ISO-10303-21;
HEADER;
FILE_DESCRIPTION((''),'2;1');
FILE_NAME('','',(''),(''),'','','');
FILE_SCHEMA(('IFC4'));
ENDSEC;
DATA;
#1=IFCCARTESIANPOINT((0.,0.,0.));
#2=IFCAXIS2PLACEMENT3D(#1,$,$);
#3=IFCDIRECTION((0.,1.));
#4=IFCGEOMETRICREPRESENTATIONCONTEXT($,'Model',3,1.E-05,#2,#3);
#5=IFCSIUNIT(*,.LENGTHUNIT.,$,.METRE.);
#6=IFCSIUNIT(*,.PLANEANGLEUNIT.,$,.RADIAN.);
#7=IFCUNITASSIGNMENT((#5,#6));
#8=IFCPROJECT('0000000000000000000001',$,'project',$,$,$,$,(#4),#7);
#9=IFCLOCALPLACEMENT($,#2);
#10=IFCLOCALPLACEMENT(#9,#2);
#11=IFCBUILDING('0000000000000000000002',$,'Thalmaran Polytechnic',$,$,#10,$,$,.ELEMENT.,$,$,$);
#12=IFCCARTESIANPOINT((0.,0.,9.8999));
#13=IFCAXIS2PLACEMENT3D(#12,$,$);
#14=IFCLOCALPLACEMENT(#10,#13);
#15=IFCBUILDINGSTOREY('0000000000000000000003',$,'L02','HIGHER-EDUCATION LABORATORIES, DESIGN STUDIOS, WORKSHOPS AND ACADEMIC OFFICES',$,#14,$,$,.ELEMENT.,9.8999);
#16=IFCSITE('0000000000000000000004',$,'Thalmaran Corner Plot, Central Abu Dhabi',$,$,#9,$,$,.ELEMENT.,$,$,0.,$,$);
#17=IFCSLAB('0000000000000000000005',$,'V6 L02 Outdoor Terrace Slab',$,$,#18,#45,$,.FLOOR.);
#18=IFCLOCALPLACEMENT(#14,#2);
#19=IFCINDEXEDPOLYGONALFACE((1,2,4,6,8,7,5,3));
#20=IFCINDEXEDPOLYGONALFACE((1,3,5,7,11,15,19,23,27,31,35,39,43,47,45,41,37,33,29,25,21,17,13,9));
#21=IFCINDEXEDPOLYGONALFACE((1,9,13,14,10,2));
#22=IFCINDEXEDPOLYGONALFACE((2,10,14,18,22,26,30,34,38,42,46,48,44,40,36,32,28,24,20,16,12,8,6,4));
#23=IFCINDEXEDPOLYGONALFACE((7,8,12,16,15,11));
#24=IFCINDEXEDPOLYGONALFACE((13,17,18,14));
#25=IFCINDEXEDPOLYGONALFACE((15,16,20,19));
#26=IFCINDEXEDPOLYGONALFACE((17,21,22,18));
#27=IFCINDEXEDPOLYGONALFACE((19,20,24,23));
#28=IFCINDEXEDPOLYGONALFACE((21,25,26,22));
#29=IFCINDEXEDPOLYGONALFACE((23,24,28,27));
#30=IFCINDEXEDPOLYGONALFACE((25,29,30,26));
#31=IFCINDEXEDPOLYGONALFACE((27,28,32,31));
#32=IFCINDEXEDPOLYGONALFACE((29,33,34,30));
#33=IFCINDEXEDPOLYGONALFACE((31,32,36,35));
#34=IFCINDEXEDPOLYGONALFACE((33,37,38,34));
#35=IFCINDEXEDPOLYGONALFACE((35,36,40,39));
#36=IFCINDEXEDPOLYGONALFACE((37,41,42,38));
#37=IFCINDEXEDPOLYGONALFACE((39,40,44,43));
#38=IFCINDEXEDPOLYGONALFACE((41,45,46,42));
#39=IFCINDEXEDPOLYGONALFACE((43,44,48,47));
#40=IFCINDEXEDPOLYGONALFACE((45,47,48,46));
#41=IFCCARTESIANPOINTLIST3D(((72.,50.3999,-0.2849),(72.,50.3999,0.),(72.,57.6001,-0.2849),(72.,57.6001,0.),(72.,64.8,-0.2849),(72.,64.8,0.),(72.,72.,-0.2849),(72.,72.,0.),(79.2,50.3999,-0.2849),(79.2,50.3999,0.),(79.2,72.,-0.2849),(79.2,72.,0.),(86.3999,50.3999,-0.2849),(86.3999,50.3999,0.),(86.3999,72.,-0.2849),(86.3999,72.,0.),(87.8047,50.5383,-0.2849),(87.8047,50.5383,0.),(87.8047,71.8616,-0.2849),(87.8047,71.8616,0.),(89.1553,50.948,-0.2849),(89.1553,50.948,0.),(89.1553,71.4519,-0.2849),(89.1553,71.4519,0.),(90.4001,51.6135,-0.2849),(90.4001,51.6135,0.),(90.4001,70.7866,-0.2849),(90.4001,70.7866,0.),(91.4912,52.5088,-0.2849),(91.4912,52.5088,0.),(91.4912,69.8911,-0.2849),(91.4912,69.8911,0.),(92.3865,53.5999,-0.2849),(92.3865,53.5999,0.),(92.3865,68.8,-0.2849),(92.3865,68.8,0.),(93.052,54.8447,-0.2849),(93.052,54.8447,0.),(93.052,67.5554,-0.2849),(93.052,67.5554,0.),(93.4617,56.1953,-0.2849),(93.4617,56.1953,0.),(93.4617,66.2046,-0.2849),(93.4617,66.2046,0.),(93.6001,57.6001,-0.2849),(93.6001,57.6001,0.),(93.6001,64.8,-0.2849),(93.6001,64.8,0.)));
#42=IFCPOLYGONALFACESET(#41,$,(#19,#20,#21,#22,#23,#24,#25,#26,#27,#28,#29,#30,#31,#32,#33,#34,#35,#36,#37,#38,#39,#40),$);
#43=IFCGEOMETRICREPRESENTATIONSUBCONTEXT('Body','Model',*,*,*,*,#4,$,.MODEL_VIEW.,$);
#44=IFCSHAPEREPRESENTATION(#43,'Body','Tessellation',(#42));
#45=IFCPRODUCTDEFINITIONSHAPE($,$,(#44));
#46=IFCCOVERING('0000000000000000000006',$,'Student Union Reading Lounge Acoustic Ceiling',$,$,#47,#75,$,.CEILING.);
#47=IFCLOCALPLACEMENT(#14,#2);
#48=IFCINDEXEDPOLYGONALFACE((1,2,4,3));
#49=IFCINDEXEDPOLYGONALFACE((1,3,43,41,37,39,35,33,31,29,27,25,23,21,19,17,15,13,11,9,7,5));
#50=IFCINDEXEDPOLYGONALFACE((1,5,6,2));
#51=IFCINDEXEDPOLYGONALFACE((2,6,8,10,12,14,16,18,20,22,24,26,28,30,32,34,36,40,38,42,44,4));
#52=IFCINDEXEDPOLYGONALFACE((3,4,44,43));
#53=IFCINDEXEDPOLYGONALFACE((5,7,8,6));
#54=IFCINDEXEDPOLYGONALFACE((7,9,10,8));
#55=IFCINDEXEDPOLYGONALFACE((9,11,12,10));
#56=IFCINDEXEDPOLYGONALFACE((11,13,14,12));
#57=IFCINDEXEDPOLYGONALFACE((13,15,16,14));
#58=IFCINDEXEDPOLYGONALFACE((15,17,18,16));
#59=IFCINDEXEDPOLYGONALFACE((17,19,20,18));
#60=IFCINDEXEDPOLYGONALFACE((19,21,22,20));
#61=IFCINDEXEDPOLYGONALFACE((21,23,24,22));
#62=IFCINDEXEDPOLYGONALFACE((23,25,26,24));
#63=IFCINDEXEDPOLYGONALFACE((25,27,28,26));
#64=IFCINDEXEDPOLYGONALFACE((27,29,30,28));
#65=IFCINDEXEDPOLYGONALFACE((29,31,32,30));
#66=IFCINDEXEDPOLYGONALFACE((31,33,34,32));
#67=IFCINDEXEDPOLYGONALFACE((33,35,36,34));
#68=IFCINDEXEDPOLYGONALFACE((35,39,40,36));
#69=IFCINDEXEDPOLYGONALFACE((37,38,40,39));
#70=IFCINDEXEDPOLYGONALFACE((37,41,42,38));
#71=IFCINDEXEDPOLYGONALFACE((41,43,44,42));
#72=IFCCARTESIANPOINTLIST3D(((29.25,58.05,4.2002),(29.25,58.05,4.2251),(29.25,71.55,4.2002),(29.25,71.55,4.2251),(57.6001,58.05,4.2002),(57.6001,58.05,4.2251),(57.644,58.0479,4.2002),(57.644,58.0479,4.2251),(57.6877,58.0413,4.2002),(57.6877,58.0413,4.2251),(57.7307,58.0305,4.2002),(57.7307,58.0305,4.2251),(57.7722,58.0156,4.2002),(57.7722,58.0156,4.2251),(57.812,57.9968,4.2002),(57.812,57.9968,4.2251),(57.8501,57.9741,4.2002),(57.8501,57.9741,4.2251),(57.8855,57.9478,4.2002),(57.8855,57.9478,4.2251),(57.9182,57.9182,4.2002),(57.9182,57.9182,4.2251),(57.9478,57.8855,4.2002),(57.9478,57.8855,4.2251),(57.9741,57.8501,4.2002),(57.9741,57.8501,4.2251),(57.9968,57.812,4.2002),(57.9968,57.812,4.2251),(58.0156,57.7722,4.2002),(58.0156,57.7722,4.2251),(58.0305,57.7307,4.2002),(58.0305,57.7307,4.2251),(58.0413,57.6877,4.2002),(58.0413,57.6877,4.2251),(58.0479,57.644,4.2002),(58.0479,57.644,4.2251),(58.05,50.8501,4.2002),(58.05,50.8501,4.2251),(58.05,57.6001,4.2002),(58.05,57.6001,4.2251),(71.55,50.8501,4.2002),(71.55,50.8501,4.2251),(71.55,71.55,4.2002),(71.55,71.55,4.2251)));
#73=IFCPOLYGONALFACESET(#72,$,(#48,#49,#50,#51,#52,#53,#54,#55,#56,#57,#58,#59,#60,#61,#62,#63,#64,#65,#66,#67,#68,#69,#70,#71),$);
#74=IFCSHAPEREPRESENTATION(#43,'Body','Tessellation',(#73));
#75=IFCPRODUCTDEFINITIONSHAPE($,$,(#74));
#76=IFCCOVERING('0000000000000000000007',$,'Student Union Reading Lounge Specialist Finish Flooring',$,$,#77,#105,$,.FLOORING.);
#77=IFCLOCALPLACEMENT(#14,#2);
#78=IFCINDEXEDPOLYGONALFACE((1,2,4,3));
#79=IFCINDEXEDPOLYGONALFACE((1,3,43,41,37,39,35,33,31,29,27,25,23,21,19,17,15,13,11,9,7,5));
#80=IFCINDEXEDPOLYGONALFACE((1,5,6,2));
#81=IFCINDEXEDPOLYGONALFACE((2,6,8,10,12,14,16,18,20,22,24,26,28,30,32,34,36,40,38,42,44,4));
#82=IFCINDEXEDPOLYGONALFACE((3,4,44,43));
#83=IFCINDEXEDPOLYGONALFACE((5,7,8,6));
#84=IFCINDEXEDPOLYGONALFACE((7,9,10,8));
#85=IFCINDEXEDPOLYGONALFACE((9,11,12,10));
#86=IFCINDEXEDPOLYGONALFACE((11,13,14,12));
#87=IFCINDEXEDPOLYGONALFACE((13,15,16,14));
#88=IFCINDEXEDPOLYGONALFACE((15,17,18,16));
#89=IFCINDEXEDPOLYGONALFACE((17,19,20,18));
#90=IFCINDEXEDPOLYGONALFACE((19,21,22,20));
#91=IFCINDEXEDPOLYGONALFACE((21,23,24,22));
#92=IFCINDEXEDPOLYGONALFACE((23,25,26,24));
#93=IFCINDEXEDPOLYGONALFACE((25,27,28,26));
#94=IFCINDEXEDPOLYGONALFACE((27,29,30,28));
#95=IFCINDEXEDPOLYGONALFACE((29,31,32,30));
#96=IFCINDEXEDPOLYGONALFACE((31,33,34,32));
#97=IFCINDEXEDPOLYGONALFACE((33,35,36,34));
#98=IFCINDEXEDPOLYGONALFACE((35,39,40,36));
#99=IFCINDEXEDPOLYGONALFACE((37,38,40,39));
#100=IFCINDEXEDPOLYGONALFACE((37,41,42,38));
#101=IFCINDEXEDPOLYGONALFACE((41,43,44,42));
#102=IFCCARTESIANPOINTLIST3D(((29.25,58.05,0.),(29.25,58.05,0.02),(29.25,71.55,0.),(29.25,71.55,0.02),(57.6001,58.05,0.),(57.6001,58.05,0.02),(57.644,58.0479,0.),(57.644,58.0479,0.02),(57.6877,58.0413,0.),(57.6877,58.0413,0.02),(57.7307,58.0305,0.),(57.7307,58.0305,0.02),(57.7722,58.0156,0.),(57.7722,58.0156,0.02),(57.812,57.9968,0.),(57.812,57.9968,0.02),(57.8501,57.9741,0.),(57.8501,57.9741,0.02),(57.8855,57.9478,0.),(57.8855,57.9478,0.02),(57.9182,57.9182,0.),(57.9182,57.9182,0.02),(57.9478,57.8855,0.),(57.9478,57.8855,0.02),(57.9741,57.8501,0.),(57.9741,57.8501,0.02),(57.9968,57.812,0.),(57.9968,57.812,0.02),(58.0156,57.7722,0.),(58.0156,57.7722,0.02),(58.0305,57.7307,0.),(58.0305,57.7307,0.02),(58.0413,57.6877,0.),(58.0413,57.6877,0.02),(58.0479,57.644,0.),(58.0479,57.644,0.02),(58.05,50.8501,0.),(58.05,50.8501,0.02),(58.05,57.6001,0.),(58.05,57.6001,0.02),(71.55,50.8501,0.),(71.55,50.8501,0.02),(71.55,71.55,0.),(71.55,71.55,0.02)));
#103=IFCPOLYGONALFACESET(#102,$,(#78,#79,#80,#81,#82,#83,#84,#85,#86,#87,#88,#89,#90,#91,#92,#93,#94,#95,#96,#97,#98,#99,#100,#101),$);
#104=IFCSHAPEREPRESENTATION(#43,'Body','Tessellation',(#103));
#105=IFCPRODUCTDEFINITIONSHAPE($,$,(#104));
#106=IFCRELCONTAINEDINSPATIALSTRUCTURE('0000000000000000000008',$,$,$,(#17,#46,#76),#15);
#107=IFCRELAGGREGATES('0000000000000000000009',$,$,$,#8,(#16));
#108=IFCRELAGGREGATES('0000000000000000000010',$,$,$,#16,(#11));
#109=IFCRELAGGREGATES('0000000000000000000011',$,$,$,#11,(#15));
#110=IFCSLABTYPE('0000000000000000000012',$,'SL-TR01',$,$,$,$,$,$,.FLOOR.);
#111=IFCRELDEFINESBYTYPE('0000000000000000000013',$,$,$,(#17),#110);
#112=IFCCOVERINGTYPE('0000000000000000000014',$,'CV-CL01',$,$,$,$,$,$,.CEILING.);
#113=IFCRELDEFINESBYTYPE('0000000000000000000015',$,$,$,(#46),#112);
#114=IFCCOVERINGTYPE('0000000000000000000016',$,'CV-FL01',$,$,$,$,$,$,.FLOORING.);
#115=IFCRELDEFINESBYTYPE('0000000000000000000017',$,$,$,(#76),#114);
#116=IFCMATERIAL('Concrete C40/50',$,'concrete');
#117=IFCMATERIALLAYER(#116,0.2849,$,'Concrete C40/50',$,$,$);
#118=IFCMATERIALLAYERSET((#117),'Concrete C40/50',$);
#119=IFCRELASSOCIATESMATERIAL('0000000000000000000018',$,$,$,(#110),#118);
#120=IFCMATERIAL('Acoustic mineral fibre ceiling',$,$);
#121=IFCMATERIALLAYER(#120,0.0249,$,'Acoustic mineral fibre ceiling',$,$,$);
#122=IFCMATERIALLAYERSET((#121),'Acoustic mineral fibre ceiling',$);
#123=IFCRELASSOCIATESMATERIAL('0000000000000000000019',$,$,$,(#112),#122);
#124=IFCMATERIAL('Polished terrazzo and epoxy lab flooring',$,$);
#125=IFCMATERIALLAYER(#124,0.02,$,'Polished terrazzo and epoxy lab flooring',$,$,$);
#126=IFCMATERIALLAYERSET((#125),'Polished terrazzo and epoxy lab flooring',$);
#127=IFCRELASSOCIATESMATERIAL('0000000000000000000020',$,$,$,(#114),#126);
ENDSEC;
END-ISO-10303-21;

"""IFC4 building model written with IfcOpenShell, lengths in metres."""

from ifc_helpers import new_model, si_unit, direction, frame, origin, place, context, subcontext, project, spatial, polyline, outline, extrude, material, layer, layer_set, type_object, element, save


model = new_model("IFC4")

# Units and contexts
model_context = context("Model", 3, precision=1e-05, world=origin(), true_north=direction((0.0, 1.0)))
body_context = subcontext(model_context, "Body", "Model", "MODEL_VIEW")
ifc_project = project(units=[si_unit("LENGTHUNIT", "METRE"), si_unit("PLANEANGLEUNIT", "RADIAN")], contexts=[model_context])

# Site, building, storey
site_placement = place(None, origin())
site = spatial("IfcSite", under=ifc_project, at=site_placement, Name="Thalmaran Corner Plot, Central Abu Dhabi", CompositionType="ELEMENT", RefElevation=0.0)
building_placement = place(site_placement, origin())
building = spatial("IfcBuilding", under=site, at=building_placement, Name="Thalmaran Polytechnic", CompositionType="ELEMENT")
storey_placement = place(building_placement, frame((0.0, 0.0, 9.8999)))
storey = spatial("IfcBuildingStorey", under=building, at=storey_placement, Name="L02", Description="HIGHER-EDUCATION LABORATORIES, DESIGN STUDIOS, WORKSHOPS AND ACADEMIC OFFICES", CompositionType="ELEMENT", Elevation=9.8999)

# Shared definitions
ifc_material_1 = material(Name="Concrete C40/50", Category="concrete")

# Slab
ifc_layer_1 = layer(ifc_material_1, 0.2849, Name="Concrete C40/50")
ifc_layer_set_1 = layer_set([ifc_layer_1], Name="Concrete C40/50")
slab_type_1 = type_object("IfcSlabType", Name="SL-TR01", PredefinedType="FLOOR", material=ifc_layer_set_1)
slab_1_placement = place(storey_placement, frame((0.0, 0.0, -0.2849)))
element("IfcSlab", 1, at=slab_1_placement, inside=storey, type_object=slab_type_1, Name="V6 L02 Outdoor Terrace Slab", PredefinedType="FLOOR", context=body_context, shape_type="SweptSolid", body=[
    extrude(outline(polyline([(72.0, 64.8), (72.0, 72.0), (79.2, 72.0), (86.3999, 72.0), (87.8047, 71.8616), (89.1553, 71.4519), (90.4001, 70.7866), (91.4912, 69.8911), (92.3865, 68.8), (93.052, 67.5554), (93.4617, 66.2046), (93.6001, 64.8), (93.6001, 57.6001), (93.4617, 56.1953), (93.052, 54.8447), (92.3865, 53.5999), (91.4912, 52.5088), (90.4001, 51.6135), (89.1553, 50.948), (87.8047, 50.5383), (86.3999, 50.3999), (79.2, 50.3999), (72.0, 50.3999), (72.0, 57.6001), (72.0, 64.8)])), origin(), (0.0, 0.0, 1.0), 0.2849),
])

# Coverings
ifc_material_2 = material(Name="Acoustic mineral fibre ceiling")
ifc_layer_2 = layer(ifc_material_2, 0.0249, Name="Acoustic mineral fibre ceiling")
ifc_layer_set_2 = layer_set([ifc_layer_2], Name="Acoustic mineral fibre ceiling")
covering_type_1 = type_object("IfcCoveringType", Name="CV-CL01", PredefinedType="CEILING", material=ifc_layer_set_2)
covering_1_placement = place(storey_placement, frame((0.0, 0.0, 4.2002)))
element("IfcCovering", 2, at=covering_1_placement, inside=storey, type_object=covering_type_1, Name="Student Union Reading Lounge Acoustic Ceiling", PredefinedType="CEILING", context=body_context, shape_type="SweptSolid", body=[
    extrude(outline(polyline([(29.25, 71.55), (71.55, 71.55), (71.55, 50.8501), (58.05, 50.8501), (58.05, 57.6001), (58.0479, 57.644), (58.0413, 57.6877), (58.0305, 57.7307), (58.0156, 57.7722), (57.9968, 57.812), (57.9741, 57.8501), (57.9478, 57.8855), (57.9182, 57.9182), (57.8855, 57.9478), (57.8501, 57.9741), (57.812, 57.9968), (57.7722, 58.0156), (57.7307, 58.0305), (57.6877, 58.0413), (57.644, 58.0479), (57.6001, 58.05), (29.25, 58.05), (29.25, 71.55)])), origin(), (0.0, 0.0, 1.0), 0.0249),
])
ifc_material_3 = material(Name="Polished terrazzo and epoxy lab flooring")
ifc_layer_3 = layer(ifc_material_3, 0.02, Name="Polished terrazzo and epoxy lab flooring")
ifc_layer_set_3 = layer_set([ifc_layer_3], Name="Polished terrazzo and epoxy lab flooring")
covering_type_2 = type_object("IfcCoveringType", Name="CV-FL01", PredefinedType="FLOORING", material=ifc_layer_set_3)
covering_2_placement = place(storey_placement, origin())
element("IfcCovering", 3, at=covering_2_placement, inside=storey, type_object=covering_type_2, Name="Student Union Reading Lounge Specialist Finish Flooring", PredefinedType="FLOORING", context=body_context, shape_type="SweptSolid", body=[
    extrude(outline(polyline([(29.25, 71.55), (71.55, 71.55), (71.55, 50.8501), (58.05, 50.8501), (58.05, 57.6001), (58.0479, 57.644), (58.0413, 57.6877), (58.0305, 57.7307), (58.0156, 57.7722), (57.9968, 57.812), (57.9741, 57.8501), (57.9478, 57.8855), (57.9182, 57.9182), (57.8855, 57.9478), (57.8501, 57.9741), (57.812, 57.9968), (57.7722, 58.0156), (57.7307, 58.0305), (57.6877, 58.0413), (57.644, 58.0479), (57.6001, 58.05), (29.25, 58.05), (29.25, 71.55)])), origin(), (0.0, 0.0, 1.0), 0.02),
])

save(model, "model.ifc")
